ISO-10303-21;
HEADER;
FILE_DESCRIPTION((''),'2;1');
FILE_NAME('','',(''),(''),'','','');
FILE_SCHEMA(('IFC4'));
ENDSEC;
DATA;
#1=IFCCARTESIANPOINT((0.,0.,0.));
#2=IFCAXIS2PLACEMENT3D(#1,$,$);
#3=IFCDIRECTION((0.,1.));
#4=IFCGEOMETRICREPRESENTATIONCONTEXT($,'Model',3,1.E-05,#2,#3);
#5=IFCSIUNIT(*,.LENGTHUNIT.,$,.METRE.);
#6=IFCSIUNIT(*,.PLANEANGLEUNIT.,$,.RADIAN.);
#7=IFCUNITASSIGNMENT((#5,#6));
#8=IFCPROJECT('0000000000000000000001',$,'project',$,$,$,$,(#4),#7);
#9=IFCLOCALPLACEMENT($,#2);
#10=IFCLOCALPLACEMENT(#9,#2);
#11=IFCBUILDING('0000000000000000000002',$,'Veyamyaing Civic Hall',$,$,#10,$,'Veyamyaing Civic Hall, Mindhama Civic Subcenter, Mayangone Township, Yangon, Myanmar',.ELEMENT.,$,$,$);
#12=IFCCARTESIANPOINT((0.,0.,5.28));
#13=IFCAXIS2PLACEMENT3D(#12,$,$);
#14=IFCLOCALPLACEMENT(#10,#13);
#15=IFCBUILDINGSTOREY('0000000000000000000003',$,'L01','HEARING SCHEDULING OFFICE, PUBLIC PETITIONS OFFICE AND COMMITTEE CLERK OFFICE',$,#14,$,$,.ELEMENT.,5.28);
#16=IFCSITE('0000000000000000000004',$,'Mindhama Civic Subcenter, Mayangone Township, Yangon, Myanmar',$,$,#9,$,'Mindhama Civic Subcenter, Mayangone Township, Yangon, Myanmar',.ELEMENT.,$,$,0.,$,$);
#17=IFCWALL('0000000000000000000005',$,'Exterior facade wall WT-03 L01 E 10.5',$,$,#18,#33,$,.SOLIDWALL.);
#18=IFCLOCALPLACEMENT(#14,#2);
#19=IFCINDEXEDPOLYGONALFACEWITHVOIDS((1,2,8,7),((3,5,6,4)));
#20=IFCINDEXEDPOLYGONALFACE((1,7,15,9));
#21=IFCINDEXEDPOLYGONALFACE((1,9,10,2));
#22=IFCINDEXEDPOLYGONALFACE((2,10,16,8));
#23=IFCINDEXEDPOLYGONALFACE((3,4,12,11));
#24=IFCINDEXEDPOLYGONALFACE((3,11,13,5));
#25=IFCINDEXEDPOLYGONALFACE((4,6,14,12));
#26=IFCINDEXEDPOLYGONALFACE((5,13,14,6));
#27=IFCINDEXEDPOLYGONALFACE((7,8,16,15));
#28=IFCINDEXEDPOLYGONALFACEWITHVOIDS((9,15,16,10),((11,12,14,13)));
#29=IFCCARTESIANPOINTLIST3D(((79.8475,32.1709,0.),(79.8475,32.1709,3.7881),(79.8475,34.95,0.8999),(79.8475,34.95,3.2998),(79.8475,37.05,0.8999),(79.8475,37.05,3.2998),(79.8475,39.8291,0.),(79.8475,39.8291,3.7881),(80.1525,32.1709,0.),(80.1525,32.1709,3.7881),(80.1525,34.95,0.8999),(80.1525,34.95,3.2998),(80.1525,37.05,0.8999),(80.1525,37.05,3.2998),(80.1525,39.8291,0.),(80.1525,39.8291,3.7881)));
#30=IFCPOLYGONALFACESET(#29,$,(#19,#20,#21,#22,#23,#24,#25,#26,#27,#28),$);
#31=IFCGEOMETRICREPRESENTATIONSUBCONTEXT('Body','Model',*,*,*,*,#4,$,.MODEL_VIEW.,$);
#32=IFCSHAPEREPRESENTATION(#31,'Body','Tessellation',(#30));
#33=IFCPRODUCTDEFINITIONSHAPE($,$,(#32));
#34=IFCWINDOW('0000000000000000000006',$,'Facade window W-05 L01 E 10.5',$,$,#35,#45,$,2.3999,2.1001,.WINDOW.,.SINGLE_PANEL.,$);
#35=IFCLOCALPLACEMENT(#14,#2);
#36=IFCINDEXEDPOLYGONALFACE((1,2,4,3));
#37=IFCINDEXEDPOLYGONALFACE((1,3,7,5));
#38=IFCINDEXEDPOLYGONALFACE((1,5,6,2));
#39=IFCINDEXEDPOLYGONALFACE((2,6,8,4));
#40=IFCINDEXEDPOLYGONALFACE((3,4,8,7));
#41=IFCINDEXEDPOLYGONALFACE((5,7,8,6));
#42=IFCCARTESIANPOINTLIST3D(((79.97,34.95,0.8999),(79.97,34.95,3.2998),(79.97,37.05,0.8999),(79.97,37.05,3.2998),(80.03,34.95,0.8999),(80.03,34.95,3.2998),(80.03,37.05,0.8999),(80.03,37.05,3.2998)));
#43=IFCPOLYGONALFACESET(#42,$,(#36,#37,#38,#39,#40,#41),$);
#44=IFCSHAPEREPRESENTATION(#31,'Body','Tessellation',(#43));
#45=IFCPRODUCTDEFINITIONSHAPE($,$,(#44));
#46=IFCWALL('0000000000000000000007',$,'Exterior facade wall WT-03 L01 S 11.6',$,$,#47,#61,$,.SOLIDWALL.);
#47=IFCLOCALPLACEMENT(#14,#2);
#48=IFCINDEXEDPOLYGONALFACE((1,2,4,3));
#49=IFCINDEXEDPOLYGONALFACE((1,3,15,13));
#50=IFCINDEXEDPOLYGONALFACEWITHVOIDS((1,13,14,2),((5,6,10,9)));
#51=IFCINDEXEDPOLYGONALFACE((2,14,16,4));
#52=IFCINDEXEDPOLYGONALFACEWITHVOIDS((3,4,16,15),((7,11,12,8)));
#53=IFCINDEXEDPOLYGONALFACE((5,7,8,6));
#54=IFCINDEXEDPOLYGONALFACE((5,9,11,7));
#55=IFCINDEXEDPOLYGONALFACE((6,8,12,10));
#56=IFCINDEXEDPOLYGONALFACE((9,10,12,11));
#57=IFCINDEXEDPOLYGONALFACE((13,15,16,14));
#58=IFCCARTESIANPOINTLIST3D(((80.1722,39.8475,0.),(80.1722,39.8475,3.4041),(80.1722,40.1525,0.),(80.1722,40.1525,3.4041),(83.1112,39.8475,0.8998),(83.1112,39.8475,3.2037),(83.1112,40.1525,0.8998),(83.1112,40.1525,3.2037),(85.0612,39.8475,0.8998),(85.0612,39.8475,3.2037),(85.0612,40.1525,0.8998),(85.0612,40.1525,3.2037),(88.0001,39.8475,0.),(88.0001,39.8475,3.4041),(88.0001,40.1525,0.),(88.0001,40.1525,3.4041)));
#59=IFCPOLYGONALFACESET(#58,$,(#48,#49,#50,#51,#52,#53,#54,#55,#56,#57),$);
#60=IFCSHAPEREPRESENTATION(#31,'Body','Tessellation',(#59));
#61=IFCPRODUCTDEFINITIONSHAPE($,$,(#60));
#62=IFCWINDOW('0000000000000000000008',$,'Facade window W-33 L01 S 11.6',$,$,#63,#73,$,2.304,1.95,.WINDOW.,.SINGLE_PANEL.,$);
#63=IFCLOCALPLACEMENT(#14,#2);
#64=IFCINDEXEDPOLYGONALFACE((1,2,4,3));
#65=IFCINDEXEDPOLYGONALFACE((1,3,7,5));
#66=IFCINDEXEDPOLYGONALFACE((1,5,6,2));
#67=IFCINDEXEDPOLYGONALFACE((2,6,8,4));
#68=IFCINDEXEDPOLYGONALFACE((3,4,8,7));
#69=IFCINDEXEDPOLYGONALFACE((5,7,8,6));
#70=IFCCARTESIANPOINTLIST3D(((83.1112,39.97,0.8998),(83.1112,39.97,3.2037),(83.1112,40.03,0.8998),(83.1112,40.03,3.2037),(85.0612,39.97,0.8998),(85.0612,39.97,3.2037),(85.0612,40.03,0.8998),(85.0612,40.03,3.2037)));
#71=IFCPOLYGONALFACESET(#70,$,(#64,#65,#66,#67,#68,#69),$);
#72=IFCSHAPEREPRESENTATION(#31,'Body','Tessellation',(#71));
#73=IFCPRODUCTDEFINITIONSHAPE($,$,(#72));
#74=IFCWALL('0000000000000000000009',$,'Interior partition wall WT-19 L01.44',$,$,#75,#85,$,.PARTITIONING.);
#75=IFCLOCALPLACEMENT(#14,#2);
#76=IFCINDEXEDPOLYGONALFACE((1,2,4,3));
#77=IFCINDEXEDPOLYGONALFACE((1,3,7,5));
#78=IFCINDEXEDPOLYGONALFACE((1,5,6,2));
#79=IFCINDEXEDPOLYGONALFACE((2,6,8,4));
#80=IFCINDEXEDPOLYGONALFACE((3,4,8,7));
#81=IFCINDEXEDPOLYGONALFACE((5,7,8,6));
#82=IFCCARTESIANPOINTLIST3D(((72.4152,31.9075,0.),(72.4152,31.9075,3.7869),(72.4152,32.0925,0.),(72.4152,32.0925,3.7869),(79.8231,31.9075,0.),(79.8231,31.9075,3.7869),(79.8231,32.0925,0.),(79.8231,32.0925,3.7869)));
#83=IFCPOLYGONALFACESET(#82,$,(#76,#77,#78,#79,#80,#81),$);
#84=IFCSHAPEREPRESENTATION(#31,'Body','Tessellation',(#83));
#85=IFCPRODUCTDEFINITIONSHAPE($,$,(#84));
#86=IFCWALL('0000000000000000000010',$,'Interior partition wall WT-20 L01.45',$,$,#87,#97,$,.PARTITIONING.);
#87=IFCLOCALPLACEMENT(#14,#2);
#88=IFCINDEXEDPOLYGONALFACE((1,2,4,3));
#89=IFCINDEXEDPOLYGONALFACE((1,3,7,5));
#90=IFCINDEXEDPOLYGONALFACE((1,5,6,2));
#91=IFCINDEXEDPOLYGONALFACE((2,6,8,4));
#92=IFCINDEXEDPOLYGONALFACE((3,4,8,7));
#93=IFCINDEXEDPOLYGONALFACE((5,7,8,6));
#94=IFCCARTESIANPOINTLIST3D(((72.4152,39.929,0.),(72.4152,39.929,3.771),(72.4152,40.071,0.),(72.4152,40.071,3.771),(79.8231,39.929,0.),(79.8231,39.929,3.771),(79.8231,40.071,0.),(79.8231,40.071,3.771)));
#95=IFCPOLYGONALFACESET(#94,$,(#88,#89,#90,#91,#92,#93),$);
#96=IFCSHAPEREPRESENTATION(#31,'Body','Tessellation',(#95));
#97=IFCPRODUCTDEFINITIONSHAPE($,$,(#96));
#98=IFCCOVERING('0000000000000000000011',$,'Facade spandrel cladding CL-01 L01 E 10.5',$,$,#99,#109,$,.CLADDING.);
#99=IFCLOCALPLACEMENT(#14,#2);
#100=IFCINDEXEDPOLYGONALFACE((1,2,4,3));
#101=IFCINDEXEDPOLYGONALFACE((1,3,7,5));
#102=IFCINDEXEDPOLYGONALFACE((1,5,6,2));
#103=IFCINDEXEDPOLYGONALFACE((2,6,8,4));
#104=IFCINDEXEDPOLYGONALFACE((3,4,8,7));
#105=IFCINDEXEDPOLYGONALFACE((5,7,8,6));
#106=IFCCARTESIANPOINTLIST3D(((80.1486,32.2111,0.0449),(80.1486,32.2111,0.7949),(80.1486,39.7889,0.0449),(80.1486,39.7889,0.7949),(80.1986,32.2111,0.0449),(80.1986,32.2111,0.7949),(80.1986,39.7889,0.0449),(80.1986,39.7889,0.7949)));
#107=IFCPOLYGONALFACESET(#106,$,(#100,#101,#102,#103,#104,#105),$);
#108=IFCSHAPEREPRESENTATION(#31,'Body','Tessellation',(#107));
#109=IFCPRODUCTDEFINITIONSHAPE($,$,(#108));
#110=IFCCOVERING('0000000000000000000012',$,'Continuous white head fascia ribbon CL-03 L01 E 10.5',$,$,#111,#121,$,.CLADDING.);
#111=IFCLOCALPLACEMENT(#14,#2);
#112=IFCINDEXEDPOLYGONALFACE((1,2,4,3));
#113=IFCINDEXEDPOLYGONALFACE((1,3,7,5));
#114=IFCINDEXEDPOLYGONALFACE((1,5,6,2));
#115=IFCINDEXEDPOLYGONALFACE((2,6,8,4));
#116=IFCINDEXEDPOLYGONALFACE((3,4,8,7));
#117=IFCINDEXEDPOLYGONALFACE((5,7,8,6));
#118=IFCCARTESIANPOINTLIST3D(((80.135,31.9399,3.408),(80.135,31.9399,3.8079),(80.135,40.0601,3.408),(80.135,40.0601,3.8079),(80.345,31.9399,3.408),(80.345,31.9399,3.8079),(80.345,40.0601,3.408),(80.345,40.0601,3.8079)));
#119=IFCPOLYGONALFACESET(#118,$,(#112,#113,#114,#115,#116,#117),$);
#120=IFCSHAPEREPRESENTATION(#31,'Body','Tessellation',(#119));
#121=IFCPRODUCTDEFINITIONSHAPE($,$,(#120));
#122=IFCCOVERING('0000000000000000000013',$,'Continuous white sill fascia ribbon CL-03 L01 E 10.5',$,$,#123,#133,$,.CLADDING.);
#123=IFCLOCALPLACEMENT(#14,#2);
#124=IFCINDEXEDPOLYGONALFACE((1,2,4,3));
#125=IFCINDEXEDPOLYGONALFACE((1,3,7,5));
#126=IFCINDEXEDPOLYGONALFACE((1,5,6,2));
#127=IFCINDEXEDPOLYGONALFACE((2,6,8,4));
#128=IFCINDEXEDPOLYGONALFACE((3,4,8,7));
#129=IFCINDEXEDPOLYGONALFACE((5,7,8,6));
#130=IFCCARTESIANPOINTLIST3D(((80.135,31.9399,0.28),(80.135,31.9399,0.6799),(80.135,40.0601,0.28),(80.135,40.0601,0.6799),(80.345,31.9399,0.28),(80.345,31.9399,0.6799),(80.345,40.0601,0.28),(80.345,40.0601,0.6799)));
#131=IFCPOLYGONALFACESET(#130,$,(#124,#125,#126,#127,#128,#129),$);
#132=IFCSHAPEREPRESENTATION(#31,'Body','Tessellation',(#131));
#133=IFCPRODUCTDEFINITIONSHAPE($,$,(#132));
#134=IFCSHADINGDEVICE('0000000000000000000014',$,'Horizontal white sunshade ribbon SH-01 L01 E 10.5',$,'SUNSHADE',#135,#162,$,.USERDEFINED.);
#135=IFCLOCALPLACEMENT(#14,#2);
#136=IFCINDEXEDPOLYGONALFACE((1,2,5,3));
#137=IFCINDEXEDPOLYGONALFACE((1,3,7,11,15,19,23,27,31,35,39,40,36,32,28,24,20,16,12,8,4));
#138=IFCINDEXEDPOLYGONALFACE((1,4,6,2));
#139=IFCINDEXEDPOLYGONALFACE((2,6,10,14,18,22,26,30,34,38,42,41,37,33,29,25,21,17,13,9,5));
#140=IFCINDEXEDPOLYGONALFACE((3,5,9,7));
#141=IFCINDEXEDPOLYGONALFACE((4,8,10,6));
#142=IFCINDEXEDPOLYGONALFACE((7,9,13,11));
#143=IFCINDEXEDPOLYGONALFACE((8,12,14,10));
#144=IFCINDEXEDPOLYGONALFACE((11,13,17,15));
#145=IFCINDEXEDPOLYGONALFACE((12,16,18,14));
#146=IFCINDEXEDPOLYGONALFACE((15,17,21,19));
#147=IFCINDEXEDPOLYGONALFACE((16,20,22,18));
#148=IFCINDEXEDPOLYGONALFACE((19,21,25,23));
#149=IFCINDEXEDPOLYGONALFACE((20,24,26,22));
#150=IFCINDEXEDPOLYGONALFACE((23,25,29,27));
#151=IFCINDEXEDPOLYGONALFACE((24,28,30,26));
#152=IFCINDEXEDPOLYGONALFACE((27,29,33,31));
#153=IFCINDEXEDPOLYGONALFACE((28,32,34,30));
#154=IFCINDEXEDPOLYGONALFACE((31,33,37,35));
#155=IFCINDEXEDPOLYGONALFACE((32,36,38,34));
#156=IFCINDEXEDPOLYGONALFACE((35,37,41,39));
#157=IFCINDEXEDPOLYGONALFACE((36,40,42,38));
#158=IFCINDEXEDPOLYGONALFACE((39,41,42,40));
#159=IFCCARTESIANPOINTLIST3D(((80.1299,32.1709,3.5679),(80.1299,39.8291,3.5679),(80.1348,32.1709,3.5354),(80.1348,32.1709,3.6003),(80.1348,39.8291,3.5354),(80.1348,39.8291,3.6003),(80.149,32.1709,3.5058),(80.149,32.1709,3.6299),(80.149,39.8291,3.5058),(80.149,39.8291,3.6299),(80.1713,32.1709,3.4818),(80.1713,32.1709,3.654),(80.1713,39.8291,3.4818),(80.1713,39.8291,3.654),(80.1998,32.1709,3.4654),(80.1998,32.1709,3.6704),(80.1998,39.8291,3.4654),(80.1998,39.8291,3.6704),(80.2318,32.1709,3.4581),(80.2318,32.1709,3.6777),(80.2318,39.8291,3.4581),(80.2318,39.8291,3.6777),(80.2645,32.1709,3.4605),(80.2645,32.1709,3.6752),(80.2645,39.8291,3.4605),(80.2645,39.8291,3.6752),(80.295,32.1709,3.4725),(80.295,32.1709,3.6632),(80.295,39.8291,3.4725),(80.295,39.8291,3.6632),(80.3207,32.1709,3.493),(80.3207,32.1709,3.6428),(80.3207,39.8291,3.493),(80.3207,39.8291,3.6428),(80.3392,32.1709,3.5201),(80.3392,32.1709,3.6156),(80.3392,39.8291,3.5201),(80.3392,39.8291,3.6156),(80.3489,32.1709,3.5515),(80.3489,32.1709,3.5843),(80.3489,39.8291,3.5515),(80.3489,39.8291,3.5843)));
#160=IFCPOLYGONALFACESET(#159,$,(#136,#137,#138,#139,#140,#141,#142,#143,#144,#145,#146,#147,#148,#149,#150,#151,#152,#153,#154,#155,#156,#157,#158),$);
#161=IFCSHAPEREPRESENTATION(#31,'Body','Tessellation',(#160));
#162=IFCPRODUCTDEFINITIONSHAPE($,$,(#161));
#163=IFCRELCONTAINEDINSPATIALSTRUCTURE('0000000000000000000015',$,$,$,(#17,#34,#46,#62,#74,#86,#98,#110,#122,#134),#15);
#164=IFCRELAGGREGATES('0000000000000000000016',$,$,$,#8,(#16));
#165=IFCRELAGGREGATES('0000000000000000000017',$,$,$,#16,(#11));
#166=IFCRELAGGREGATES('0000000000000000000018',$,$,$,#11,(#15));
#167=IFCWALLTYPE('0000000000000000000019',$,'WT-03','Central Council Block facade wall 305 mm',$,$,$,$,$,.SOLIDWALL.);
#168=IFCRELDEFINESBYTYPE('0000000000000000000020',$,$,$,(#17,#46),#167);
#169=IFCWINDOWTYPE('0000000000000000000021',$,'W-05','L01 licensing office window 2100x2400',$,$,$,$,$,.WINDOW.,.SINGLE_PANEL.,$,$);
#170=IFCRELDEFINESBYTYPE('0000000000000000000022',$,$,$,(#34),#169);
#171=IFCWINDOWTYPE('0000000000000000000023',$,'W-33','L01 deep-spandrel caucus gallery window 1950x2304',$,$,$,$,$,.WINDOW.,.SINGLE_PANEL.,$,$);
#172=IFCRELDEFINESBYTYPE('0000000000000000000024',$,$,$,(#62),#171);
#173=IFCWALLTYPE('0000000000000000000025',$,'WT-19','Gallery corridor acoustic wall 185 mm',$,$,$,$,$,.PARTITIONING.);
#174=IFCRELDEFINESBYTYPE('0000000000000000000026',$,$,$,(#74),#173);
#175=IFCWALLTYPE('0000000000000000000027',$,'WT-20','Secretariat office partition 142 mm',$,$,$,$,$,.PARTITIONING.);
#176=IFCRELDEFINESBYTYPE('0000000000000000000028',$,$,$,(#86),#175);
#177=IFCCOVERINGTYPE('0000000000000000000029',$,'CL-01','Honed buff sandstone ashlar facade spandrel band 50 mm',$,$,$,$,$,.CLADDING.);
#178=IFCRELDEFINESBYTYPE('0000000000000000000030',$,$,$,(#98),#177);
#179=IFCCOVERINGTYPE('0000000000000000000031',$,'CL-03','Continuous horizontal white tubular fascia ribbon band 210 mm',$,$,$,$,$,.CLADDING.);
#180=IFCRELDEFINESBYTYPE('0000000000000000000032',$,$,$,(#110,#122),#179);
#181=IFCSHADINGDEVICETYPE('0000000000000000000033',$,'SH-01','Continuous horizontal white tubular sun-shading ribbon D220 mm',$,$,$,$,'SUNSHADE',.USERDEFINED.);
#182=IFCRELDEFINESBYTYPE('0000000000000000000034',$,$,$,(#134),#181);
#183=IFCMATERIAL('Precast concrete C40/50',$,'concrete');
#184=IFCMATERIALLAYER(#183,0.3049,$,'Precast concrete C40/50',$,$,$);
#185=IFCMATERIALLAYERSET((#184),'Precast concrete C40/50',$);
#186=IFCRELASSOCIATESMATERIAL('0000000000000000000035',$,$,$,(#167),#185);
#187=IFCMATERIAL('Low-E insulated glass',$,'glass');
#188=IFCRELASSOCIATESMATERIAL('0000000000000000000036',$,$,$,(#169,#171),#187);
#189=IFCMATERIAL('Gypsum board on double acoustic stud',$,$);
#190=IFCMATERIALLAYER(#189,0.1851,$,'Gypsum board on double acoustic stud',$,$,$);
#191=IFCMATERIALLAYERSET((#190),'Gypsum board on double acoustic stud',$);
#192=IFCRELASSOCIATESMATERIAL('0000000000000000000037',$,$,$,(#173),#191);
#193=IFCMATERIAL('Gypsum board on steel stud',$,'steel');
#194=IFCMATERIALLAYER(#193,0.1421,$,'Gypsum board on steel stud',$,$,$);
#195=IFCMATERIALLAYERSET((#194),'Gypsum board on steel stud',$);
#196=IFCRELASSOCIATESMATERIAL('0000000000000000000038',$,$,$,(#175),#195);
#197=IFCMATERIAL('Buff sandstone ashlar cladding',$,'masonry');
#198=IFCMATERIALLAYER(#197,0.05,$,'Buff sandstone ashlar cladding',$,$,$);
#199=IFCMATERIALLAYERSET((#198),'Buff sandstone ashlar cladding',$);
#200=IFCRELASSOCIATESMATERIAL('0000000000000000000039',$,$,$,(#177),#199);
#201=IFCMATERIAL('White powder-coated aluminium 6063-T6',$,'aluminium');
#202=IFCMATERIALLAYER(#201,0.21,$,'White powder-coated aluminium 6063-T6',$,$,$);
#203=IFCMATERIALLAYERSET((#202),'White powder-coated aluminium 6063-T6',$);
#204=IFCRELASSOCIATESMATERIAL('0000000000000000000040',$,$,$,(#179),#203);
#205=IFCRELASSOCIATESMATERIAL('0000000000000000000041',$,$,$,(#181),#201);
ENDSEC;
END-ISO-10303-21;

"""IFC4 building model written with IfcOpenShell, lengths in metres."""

from ifc_helpers import new_model, si_unit, direction, frame, frame_2d, origin, origin_2d, place, context, subcontext, project, spatial, rectangle, circle, extrude, material, layer, layer_set, material_profile, profile_set, type_object, element, fill, save


model = new_model("IFC4")

# Units and contexts
model_context = context("Model", 3, precision=1e-05, world=origin(), true_north=direction((0.0, 1.0)))
body_context = subcontext(model_context, "Body", "Model", "MODEL_VIEW")
ifc_project = project(units=[si_unit("LENGTHUNIT", "METRE"), si_unit("PLANEANGLEUNIT", "RADIAN")], contexts=[model_context])

# Site, building, storey
site_placement = place(None, origin())
site = spatial("IfcSite", under=ifc_project, at=site_placement, Name="Mindhama Civic Subcenter, Mayangone Township, Yangon, Myanmar", LongName="Mindhama Civic Subcenter, Mayangone Township, Yangon, Myanmar", CompositionType="ELEMENT", RefElevation=0.0)
building_placement = place(site_placement, origin())
building = spatial("IfcBuilding", under=site, at=building_placement, Name="Veyamyaing Civic Hall", LongName="Veyamyaing Civic Hall, Mindhama Civic Subcenter, Mayangone Township, Yangon, Myanmar", CompositionType="ELEMENT")
storey_placement = place(building_placement, frame((0.0, 0.0, 5.28)))
storey = spatial("IfcBuildingStorey", under=building, at=storey_placement, Name="L01", Description="HEARING SCHEDULING OFFICE, PUBLIC PETITIONS OFFICE AND COMMITTEE CLERK OFFICE", CompositionType="ELEMENT", Elevation=5.28)

# Shared definitions
ifc_material_1 = material(Name="Low-E insulated glass", Category="glass")

# Walls, openings, windows
ifc_material_2 = material(Name="Precast concrete C40/50", Category="concrete")
ifc_layer_1 = layer(ifc_material_2, 0.3049, Name="Precast concrete C40/50")
ifc_layer_set_1 = layer_set([ifc_layer_1], Name="Precast concrete C40/50")
wall_type_1 = type_object("IfcWallType", Name="WT-03", Description="Central Council Block facade wall 305 mm", PredefinedType="SOLIDWALL", material=ifc_layer_set_1)
wall_1_placement = place(storey_placement, frame((80.0, 32.1709, 0.0), z_axis=(0.0, 0.0, 1.0), x_axis=(0.0, 1.0, 0.0)))
wall_1 = element("IfcWall", 1, at=wall_1_placement, inside=storey, type_object=wall_type_1, Name="Exterior facade wall WT-03 L01 E 10.5", PredefinedType="SOLIDWALL", context=body_context, shape_type="SweptSolid", body=[
    extrude(rectangle(XDim=7.6582, YDim=0.3049, at=frame_2d((3.8291, 0.0))), origin(), (0.0, 0.0, 1.0), 3.7881),
])
opening_1_placement = place(wall_1_placement, frame((2.7791, 0.0, 0.8999)))
opening_1 = element("IfcOpeningElement", 2, at=opening_1_placement, cuts=wall_1, PredefinedType="OPENING", context=body_context, shape_type="SweptSolid", body=[
    extrude(rectangle(XDim=2.1001, YDim=2.3999, at=frame_2d((1.05, 1.2))), frame((0.0, 0.1624, 0.0), z_axis=(0.0, -1.0, 0.0), x_axis=(1.0, 0.0, 0.0)), (0.0, 0.0, 1.0), 0.325),
])
window_type_1 = type_object("IfcWindowType", Name="W-05", Description="L01 licensing office window 2100x2400", PartitioningType="SINGLE_PANEL", PredefinedType="WINDOW", material=ifc_material_1)
window_1_placement = place(opening_1_placement, origin())
window_1 = element("IfcWindow", 3, at=window_1_placement, inside=storey, type_object=window_type_1, Name="Facade window W-05 L01 E 10.5", OverallHeight=2.3999, OverallWidth=2.1001, PartitioningType="SINGLE_PANEL", PredefinedType="WINDOW", context=body_context, shape_type="SweptSolid", body=[
    extrude(rectangle(XDim=2.1001, YDim=2.3999, at=frame_2d((1.05, 1.2))), frame((0.0, 0.03, 0.0), z_axis=(0.0, -1.0, 0.0), x_axis=(1.0, 0.0, 0.0)), (0.0, 0.0, 1.0), 0.0601),
])
fill(opening_1, window_1)
wall_2_placement = place(storey_placement, frame((80.1721, 40.0, 0.0), z_axis=(0.0, 0.0, 1.0), x_axis=(1.0, 0.0, 0.0)))
wall_2 = element("IfcWall", 4, at=wall_2_placement, inside=storey, type_object=wall_type_1, Name="Exterior facade wall WT-03 L01 S 11.6", PredefinedType="SOLIDWALL", context=body_context, shape_type="SweptSolid", body=[
    extrude(rectangle(XDim=7.8279, YDim=0.3049, at=frame_2d((3.9141, 0.0))), origin(), (0.0, 0.0, 1.0), 3.4041),
])
opening_2_placement = place(wall_2_placement, frame((2.939, 0.0, 0.8999)))
opening_2 = element("IfcOpeningElement", 5, at=opening_2_placement, cuts=wall_2, PredefinedType="OPENING", context=body_context, shape_type="SweptSolid", body=[
    extrude(rectangle(XDim=1.95, YDim=2.304, at=frame_2d((0.9751, 1.1519))), frame((0.0, 0.1624, 0.0), z_axis=(0.0, -1.0, 0.0), x_axis=(1.0, 0.0, 0.0)), (0.0, 0.0, 1.0), 0.325),
])
window_type_2 = type_object("IfcWindowType", Name="W-33", Description="L01 deep-spandrel caucus gallery window 1950x2304", PartitioningType="SINGLE_PANEL", PredefinedType="WINDOW", material=ifc_material_1)
window_2_placement = place(opening_2_placement, origin())
window_2 = element("IfcWindow", 6, at=window_2_placement, inside=storey, type_object=window_type_2, Name="Facade window W-33 L01 S 11.6", OverallHeight=2.304, OverallWidth=1.95, PartitioningType="SINGLE_PANEL", PredefinedType="WINDOW", context=body_context, shape_type="SweptSolid", body=[
    extrude(rectangle(XDim=1.95, YDim=2.304, at=frame_2d((0.9751, 1.1519))), frame((0.0, 0.03, 0.0), z_axis=(0.0, -1.0, 0.0), x_axis=(1.0, 0.0, 0.0)), (0.0, 0.0, 1.0), 0.0601),
])
fill(opening_2, window_2)

# Walls
ifc_material_3 = material(Name="Gypsum board on double acoustic stud")
ifc_layer_2 = layer(ifc_material_3, 0.1851, Name="Gypsum board on double acoustic stud")
ifc_layer_set_2 = layer_set([ifc_layer_2], Name="Gypsum board on double acoustic stud")
wall_type_2 = type_object("IfcWallType", Name="WT-19", Description="Gallery corridor acoustic wall 185 mm", PredefinedType="PARTITIONING", material=ifc_layer_set_2)
wall_3_placement = place(storey_placement, frame((72.415, 32.0, 0.0), z_axis=(0.0, 0.0, 1.0), x_axis=(1.0, 0.0, 0.0)))
element("IfcWall", 7, at=wall_3_placement, inside=storey, type_object=wall_type_2, Name="Interior partition wall WT-19 L01.44", PredefinedType="PARTITIONING", context=body_context, shape_type="SweptSolid", body=[
    extrude(rectangle(XDim=7.408, YDim=0.1851, at=frame_2d((3.7041, 0.0))), origin(), (0.0, 0.0, 1.0), 3.7869),
])
ifc_material_4 = material(Name="Gypsum board on steel stud", Category="steel")
ifc_layer_3 = layer(ifc_material_4, 0.1421, Name="Gypsum board on steel stud")
ifc_layer_set_3 = layer_set([ifc_layer_3], Name="Gypsum board on steel stud")
wall_type_3 = type_object("IfcWallType", Name="WT-20", Description="Secretariat office partition 142 mm", PredefinedType="PARTITIONING", material=ifc_layer_set_3)
wall_4_placement = place(storey_placement, frame((72.415, 40.0, 0.0), z_axis=(0.0, 0.0, 1.0), x_axis=(1.0, 0.0, 0.0)))
element("IfcWall", 8, at=wall_4_placement, inside=storey, type_object=wall_type_3, Name="Interior partition wall WT-20 L01.45", PredefinedType="PARTITIONING", context=body_context, shape_type="SweptSolid", body=[
    extrude(rectangle(XDim=7.408, YDim=0.1421, at=frame_2d((3.7041, 0.0))), origin(), (0.0, 0.0, 1.0), 3.771),
])

# Coverings
ifc_material_5 = material(Name="Buff sandstone ashlar cladding", Category="masonry")
ifc_layer_4 = layer(ifc_material_5, 0.05, Name="Buff sandstone ashlar cladding")
ifc_layer_set_4 = layer_set([ifc_layer_4], Name="Buff sandstone ashlar cladding")
covering_type_1 = type_object("IfcCoveringType", Name="CL-01", Description="Honed buff sandstone ashlar facade spandrel band 50 mm", PredefinedType="CLADDING", material=ifc_layer_set_4)
covering_placement = place(storey_placement, frame((80.1736, 36.0, 0.0449), z_axis=(0.0, 0.0, 1.0), x_axis=(0.0, 1.0, 0.0)))
element("IfcCovering", 9, at=covering_placement, inside=storey, type_object=covering_type_1, Name="Facade spandrel cladding CL-01 L01 E 10.5", PredefinedType="CLADDING", context=body_context, shape_type="SweptSolid", body=[
    extrude(rectangle(XDim=7.5779, YDim=0.05, at=origin_2d()), origin(), (0.0, 0.0, 1.0), 0.75),
])
ifc_material_6 = material(Name="White powder-coated aluminium 6063-T6", Category="aluminium")
ifc_layer_5 = layer(ifc_material_6, 0.21, Name="White powder-coated aluminium 6063-T6")
ifc_layer_set_5 = layer_set([ifc_layer_5], Name="White powder-coated aluminium 6063-T6")
covering_type_2 = type_object("IfcCoveringType", Name="CL-03", Description="Continuous horizontal white tubular fascia ribbon band 210 mm", PredefinedType="CLADDING", material=ifc_layer_set_5)
for number, where, z_axis, x_axis, name in (
    (10, (80.24, 36.0, 3.408), (0.0, 0.0, 1.0), (0.0, 1.0, 0.0), "Continuous white head fascia ribbon CL-03 L01 E 10.5"),
    (11, (80.24, 36.0, 0.28), (0.0, 0.0, 1.0), (0.0, 1.0, 0.0), "Continuous white sill fascia ribbon CL-03 L01 E 10.5"),
):
    element("IfcCovering", number, at=place(storey_placement, frame(where, z_axis=z_axis, x_axis=x_axis)), inside=storey, type_object=covering_type_2, Name=name, PredefinedType="CLADDING", context=body_context, shape_type="SweptSolid", body=[
        extrude(rectangle(XDim=8.1201, YDim=0.21, at=origin_2d()), origin(), (0.0, 0.0, 1.0), 0.3999),
    ])

# Shading device
ifc_material_profile_1 = material_profile(ifc_material_6, circle(Radius=0.1101, at=origin_2d()), Name="SHADE-TUBE-220")
ifc_profile_set_1 = profile_set([ifc_material_profile_1], Name="White powder-coated aluminium 6063-T6")
shading_device_type = type_object("IfcShadingDeviceType", Name="SH-01", Description="Continuous horizontal white tubular sun-shading ribbon D220 mm", ElementType="SUNSHADE", PredefinedType="USERDEFINED", material=ifc_profile_set_1)
shading_device_1_placement = place(storey_placement, frame((80.24, 32.1709, 3.5679), z_axis=(0.0, 1.0, 0.0), x_axis=(-1.0, 0.0, 0.0)))
element("IfcShadingDevice", 12, at=shading_device_1_placement, inside=storey, type_object=shading_device_type, Name="Horizontal white sunshade ribbon SH-01 L01 E 10.5", ObjectType="SUNSHADE", PredefinedType="USERDEFINED", context=body_context, shape_type="SweptSolid", body=[
    extrude(circle(Radius=0.1101, at=origin_2d()), origin(), (0.0, 0.0, 1.0), 7.6582),
])

save(model, "model.ifc")
